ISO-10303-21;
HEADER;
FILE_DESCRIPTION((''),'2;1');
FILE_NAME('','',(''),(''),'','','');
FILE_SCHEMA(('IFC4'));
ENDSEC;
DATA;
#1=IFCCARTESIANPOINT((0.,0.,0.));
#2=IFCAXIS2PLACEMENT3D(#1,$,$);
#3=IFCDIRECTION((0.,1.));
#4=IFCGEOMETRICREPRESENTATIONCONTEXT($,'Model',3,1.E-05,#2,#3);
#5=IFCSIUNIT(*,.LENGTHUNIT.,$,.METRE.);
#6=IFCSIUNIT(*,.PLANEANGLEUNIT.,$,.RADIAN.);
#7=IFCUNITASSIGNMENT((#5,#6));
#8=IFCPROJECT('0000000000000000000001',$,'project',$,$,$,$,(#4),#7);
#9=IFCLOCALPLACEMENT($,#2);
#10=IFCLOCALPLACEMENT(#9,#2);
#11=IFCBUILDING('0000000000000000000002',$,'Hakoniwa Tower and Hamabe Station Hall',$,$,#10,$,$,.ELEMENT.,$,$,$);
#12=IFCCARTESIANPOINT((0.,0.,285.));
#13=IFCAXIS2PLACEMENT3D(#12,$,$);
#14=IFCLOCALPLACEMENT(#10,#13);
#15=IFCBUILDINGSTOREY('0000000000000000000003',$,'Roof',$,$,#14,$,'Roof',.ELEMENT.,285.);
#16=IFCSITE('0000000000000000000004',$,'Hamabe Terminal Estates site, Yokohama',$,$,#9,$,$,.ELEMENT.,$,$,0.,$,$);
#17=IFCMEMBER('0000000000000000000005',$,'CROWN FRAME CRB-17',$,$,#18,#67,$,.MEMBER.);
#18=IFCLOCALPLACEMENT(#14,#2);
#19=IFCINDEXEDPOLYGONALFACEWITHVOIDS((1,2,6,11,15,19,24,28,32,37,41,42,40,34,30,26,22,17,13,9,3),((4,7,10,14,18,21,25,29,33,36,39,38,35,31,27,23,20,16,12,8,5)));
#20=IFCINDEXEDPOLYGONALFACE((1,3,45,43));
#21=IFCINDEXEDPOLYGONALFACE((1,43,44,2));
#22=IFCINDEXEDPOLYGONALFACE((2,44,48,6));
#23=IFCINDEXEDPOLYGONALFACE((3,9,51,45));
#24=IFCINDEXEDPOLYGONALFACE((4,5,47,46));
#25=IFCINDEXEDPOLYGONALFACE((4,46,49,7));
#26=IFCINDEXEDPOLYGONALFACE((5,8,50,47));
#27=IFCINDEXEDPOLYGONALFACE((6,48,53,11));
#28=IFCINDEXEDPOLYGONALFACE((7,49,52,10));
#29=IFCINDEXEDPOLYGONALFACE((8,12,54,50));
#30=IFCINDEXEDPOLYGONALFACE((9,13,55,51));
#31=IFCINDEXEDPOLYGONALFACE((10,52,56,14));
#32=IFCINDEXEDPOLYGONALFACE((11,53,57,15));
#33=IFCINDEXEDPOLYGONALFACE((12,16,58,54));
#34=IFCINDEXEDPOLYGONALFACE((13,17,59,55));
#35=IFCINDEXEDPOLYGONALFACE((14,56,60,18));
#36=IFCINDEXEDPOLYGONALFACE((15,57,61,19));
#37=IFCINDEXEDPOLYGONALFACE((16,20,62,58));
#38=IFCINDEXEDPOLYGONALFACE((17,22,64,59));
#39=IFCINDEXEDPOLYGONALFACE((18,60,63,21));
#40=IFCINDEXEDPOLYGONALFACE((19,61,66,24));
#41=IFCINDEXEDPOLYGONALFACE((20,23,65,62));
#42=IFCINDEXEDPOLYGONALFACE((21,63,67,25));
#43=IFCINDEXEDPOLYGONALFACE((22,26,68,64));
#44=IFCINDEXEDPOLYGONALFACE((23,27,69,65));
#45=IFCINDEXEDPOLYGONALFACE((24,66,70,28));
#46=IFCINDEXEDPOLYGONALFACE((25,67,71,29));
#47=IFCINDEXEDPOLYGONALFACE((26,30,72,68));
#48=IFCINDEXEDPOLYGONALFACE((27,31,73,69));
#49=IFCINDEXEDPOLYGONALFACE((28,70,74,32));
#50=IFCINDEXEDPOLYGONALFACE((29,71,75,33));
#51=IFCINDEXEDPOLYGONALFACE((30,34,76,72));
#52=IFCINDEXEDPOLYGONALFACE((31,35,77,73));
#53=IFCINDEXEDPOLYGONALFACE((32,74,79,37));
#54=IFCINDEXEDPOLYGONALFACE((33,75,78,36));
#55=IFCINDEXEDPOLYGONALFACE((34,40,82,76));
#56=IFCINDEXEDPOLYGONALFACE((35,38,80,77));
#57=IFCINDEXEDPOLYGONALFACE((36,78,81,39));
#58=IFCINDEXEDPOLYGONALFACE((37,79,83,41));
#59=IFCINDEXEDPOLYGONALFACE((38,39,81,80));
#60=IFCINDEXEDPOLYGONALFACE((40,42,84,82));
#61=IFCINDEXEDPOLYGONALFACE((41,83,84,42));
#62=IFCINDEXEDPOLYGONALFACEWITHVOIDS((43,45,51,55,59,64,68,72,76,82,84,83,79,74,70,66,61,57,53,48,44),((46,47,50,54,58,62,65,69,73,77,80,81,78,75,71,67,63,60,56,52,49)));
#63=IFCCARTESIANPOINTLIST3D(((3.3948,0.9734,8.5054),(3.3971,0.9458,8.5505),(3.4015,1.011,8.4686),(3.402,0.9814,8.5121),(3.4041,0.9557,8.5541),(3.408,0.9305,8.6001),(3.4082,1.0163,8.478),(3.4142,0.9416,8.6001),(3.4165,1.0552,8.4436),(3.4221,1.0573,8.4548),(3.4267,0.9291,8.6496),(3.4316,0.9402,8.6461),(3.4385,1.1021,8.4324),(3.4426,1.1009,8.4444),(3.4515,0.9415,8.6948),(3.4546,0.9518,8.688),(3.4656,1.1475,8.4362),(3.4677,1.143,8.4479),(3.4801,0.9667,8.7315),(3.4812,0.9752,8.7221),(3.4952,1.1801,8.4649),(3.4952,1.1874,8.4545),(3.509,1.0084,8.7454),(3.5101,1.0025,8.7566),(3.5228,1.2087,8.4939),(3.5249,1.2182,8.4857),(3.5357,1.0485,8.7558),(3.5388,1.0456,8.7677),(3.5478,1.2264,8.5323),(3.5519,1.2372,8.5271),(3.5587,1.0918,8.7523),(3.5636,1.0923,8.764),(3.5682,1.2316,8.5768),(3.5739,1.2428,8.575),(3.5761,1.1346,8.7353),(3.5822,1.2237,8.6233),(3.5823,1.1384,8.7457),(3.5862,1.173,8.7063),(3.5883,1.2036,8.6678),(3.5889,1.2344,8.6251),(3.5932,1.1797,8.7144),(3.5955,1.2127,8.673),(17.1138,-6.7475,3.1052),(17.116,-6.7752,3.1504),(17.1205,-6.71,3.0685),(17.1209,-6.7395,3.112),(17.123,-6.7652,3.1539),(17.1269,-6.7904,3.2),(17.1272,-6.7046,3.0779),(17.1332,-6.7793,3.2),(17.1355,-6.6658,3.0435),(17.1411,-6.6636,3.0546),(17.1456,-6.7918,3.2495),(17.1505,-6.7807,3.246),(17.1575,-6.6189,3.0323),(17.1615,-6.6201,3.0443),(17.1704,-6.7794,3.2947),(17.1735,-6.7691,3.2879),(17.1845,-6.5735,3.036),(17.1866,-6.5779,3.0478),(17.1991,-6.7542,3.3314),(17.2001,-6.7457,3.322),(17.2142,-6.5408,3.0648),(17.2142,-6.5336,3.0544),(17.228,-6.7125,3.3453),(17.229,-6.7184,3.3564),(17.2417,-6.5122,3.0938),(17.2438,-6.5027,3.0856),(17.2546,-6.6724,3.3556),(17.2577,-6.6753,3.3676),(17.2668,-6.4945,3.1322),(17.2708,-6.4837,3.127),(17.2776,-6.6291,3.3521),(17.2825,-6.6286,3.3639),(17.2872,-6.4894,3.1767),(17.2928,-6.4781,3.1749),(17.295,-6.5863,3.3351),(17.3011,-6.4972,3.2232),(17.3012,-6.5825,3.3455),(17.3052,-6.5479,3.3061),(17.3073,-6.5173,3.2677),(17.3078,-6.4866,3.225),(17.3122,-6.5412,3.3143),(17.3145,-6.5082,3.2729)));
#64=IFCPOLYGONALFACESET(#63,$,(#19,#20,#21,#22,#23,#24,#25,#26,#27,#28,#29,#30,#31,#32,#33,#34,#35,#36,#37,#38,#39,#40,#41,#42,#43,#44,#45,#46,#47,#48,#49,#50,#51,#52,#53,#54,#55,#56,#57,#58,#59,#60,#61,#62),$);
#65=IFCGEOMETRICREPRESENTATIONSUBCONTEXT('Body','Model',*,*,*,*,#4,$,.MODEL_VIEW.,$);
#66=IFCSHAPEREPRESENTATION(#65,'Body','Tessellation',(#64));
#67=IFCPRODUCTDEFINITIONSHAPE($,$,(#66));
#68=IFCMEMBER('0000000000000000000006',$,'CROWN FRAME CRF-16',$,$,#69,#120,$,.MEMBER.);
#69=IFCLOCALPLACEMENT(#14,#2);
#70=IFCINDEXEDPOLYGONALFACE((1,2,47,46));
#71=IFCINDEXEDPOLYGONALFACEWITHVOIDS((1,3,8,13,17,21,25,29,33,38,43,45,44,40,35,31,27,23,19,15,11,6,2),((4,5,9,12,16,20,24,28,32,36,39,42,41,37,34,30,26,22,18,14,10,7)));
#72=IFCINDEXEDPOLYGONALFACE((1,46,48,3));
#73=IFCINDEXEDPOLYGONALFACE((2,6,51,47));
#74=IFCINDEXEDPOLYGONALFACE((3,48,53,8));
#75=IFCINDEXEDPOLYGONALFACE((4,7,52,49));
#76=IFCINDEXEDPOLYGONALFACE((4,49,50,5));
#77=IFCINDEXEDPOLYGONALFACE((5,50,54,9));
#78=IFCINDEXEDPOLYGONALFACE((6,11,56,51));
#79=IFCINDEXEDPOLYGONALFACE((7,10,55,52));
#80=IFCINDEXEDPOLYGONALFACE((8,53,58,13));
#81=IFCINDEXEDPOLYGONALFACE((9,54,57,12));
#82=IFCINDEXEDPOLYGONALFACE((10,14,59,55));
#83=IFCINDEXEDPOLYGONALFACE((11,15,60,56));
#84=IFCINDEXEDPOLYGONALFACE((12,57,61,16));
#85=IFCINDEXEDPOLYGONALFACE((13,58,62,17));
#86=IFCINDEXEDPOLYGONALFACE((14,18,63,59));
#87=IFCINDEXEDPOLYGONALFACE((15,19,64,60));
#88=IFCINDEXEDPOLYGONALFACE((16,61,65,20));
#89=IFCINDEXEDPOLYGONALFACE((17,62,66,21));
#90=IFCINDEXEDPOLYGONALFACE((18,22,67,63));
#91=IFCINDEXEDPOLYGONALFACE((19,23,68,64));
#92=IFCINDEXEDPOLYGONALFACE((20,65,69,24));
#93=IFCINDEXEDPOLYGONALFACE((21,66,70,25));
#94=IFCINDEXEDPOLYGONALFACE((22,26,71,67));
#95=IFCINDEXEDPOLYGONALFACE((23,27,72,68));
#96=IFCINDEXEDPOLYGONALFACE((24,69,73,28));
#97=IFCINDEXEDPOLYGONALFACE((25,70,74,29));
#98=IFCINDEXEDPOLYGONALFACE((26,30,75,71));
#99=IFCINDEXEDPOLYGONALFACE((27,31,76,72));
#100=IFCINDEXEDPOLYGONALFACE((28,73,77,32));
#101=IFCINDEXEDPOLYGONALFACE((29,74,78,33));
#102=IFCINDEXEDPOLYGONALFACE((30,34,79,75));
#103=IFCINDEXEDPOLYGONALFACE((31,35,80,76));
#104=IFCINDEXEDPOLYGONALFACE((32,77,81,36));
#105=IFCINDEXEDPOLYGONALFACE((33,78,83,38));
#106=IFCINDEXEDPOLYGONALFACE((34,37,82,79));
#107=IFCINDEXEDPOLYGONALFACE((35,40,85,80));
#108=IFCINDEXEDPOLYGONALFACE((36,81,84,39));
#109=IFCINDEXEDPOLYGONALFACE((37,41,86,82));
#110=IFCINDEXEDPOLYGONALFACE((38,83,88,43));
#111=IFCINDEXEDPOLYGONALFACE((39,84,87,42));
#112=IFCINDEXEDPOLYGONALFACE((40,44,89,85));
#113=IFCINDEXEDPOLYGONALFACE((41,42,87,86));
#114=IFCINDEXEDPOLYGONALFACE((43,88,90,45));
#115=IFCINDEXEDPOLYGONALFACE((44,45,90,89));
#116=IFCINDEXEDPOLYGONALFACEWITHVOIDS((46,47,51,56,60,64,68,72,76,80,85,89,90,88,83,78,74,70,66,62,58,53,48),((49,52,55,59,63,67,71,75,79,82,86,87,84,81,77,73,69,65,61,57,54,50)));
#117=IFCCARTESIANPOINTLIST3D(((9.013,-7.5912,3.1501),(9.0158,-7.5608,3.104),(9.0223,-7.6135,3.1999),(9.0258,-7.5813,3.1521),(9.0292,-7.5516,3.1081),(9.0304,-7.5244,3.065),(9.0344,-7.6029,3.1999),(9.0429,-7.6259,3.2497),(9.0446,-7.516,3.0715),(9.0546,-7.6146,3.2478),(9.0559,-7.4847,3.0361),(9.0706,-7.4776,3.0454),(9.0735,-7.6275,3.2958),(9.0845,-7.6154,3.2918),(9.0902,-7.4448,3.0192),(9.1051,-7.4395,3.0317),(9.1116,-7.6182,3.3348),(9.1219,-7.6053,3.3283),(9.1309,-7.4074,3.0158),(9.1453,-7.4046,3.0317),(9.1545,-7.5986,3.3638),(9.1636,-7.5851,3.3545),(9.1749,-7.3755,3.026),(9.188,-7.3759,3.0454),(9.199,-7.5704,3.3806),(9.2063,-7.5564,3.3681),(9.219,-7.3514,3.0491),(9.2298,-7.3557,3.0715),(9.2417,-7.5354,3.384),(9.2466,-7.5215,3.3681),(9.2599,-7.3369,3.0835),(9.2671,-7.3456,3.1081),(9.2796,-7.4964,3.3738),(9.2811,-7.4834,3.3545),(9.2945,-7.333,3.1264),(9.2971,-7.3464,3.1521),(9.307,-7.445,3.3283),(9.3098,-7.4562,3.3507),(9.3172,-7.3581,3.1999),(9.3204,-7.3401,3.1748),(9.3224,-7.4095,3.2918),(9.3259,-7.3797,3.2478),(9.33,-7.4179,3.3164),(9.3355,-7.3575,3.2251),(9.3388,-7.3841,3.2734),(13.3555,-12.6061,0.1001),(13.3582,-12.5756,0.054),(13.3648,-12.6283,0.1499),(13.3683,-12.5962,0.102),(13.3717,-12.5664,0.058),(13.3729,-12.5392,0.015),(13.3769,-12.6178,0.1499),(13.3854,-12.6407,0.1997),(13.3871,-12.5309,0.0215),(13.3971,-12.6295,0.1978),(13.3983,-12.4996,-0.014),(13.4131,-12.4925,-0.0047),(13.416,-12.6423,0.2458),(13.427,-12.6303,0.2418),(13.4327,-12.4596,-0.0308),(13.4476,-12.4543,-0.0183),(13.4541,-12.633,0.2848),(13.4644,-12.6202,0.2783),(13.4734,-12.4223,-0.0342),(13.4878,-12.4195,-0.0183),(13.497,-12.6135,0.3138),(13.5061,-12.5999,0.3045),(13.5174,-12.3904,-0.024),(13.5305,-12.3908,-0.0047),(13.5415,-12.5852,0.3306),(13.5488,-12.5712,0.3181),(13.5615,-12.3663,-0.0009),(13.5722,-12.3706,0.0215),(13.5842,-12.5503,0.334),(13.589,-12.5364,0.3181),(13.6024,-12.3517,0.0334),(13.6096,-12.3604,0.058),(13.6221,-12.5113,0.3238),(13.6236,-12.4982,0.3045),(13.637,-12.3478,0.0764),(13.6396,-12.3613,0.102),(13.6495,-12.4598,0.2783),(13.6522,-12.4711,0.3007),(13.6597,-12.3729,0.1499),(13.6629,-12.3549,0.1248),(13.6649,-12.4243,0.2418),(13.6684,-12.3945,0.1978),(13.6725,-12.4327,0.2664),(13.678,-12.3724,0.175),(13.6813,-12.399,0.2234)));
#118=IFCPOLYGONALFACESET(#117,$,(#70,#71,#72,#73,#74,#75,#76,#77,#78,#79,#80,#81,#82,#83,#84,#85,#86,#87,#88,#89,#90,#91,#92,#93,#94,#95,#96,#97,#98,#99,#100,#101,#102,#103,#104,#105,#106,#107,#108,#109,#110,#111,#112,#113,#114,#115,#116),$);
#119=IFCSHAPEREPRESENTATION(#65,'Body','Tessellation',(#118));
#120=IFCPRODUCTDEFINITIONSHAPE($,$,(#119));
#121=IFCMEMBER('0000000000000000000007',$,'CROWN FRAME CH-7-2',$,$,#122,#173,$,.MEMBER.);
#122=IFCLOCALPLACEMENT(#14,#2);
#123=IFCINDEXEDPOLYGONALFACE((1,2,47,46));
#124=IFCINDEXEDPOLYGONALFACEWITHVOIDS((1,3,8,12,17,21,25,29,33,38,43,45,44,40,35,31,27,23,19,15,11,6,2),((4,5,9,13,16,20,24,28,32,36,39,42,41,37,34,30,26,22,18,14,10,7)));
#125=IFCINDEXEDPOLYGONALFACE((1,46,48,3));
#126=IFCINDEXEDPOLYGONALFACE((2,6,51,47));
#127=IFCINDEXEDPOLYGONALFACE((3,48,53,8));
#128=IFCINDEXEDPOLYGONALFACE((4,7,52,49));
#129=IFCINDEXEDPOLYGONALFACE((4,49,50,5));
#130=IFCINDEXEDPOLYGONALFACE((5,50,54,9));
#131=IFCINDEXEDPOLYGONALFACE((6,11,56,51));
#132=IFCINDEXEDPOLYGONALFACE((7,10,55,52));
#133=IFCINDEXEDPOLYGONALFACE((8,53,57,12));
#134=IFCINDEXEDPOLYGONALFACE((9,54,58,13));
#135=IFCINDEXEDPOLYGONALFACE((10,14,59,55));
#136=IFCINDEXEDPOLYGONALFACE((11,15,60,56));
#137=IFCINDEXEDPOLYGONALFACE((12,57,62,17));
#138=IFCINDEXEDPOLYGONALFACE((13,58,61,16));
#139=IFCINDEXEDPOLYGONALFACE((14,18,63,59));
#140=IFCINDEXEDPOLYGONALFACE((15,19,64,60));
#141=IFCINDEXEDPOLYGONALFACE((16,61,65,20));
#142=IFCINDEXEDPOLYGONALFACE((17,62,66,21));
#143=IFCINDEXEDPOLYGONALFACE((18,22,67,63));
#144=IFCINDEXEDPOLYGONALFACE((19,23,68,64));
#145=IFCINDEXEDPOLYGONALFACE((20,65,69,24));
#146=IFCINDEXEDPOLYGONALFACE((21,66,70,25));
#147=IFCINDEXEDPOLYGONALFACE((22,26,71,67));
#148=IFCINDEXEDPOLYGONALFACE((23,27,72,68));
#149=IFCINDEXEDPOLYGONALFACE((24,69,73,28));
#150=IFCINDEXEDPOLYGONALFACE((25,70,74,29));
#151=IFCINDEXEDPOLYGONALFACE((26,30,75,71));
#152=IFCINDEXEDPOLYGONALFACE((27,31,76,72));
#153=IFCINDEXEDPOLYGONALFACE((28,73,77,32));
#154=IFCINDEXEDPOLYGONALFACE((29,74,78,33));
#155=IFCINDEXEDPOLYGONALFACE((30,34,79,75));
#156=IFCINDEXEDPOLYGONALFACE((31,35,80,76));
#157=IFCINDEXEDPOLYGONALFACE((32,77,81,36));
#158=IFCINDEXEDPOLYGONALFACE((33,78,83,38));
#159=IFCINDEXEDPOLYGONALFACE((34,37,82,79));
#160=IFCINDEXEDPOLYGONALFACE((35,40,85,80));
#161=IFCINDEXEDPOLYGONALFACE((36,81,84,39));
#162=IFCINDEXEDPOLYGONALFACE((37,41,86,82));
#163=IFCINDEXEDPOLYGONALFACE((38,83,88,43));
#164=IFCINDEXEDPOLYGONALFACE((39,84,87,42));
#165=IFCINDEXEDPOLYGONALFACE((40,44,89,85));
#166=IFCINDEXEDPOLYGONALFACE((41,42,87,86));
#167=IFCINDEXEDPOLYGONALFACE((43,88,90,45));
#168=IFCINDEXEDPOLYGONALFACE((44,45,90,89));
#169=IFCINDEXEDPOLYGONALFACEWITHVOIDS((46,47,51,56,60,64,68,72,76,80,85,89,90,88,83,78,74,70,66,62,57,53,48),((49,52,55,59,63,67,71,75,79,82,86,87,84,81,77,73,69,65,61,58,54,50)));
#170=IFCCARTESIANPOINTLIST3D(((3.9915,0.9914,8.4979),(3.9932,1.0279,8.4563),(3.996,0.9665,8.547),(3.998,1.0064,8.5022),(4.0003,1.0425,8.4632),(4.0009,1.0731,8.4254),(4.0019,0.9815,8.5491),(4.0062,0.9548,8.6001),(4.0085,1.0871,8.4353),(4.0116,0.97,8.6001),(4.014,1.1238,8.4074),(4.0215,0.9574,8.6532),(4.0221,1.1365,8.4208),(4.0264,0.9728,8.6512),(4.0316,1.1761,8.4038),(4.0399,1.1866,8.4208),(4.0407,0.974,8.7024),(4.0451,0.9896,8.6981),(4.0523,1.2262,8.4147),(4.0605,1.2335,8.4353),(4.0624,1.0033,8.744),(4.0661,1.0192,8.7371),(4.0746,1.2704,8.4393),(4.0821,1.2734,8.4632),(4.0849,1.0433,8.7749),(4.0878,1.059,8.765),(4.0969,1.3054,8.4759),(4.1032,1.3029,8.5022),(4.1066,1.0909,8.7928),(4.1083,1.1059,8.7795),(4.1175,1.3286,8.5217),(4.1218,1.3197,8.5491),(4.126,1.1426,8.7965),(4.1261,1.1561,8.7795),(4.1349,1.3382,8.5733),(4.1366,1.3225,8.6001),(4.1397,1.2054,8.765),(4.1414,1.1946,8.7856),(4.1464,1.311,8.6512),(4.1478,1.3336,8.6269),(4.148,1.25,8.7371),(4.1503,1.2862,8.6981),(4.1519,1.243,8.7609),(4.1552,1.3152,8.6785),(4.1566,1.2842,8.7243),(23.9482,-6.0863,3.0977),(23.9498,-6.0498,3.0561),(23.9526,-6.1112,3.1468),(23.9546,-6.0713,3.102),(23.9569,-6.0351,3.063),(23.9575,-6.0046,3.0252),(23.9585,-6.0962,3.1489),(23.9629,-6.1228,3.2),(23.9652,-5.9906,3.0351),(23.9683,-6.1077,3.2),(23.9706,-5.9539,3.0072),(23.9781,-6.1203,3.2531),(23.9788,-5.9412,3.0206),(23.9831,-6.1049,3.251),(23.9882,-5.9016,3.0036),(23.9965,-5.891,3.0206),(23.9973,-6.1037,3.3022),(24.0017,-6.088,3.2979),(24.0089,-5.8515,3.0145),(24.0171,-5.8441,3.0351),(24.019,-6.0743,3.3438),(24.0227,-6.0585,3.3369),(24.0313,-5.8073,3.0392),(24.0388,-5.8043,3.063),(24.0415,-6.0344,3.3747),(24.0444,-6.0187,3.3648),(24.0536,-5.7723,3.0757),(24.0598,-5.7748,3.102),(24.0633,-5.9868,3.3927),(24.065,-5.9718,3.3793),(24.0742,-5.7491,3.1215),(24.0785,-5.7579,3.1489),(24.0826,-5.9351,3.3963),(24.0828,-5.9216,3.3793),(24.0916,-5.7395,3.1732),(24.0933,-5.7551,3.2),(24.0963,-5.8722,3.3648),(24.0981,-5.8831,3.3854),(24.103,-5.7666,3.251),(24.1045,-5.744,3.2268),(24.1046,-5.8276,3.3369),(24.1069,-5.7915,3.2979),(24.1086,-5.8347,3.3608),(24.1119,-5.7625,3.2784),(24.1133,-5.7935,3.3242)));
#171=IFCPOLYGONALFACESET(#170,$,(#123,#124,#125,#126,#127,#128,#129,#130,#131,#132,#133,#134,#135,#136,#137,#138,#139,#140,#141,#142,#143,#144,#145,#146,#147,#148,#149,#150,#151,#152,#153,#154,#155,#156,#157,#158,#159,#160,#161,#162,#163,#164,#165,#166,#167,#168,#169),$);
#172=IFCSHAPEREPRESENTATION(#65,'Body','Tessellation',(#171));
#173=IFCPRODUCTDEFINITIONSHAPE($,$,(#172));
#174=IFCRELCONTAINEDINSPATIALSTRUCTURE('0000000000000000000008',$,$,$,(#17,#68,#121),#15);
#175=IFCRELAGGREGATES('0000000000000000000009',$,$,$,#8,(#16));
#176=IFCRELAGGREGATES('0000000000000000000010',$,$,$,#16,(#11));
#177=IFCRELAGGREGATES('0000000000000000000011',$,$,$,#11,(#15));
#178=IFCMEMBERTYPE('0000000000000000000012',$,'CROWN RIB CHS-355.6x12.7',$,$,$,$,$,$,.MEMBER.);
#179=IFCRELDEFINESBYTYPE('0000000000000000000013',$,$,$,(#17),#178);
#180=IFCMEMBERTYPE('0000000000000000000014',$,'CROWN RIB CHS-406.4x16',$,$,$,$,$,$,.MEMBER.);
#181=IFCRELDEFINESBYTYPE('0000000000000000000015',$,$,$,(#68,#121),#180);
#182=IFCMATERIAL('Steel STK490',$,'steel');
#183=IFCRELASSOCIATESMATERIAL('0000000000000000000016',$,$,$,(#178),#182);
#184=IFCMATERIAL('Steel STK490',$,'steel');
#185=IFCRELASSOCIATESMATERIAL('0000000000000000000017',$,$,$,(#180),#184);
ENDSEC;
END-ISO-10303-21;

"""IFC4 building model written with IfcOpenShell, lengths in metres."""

from ifc_helpers import new_model, si_unit, direction, frame, origin, origin_2d, place, context, subcontext, project, spatial, hollow_circle, extrude, material, material_profile, profile_set, type_object, element, save


model = new_model("IFC4")

# Units and contexts
model_context = context("Model", 3, precision=1e-05, world=origin(), true_north=direction((0.0, 1.0)))
body_context = subcontext(model_context, "Body", "Model", "MODEL_VIEW")
ifc_project = project(units=[si_unit("LENGTHUNIT", "METRE"), si_unit("PLANEANGLEUNIT", "RADIAN")], contexts=[model_context])

# Site, building, storey
site_placement = place(None, origin())
site = spatial("IfcSite", under=ifc_project, at=site_placement, Name="Hamabe Terminal Estates site, Yokohama", CompositionType="ELEMENT", RefElevation=0.0)
building_placement = place(site_placement, origin())
building = spatial("IfcBuilding", under=site, at=building_placement, Name="Hakoniwa Tower and Hamabe Station Hall", CompositionType="ELEMENT")
storey_placement = place(building_placement, frame((0.0, 0.0, 285.0)))
storey = spatial("IfcBuildingStorey", under=building, at=storey_placement, Name="Roof", LongName="Roof", CompositionType="ELEMENT", Elevation=285.0)

# Members
ifc_material_1 = material(Name="Steel STK490", Category="steel")
ifc_material_profile_1 = material_profile(ifc_material_1, hollow_circle(Radius=0.1777, WallThickness=0.0127, at=origin_2d()), Name="CHS-355.6x12.7")
ifc_profile_set_1 = profile_set([ifc_material_profile_1], Name="Steel STK490")
member_type_1 = type_object("IfcMemberType", Name="CROWN RIB CHS-355.6x12.7", PredefinedType="MEMBER", material=ifc_profile_set_1)
member_1_placement = place(storey_placement, frame((17.2141, -6.6355, 3.2), z_axis=(-0.824316, 0.463919, 0.324472), x_axis=(-0.490455, -0.871467, 0.0)))
element("IfcMember", 1, at=member_1_placement, inside=storey, type_object=member_type_1, Name="CROWN FRAME CRB-17", PredefinedType="MEMBER", context=body_context, shape_type="SweptSolid", body=[
    extrude(hollow_circle(Radius=0.1777, WallThickness=0.0127, at=origin_2d()), origin(), (0.0, 0.0, 1.0), 16.6428),
])
ifc_material_2 = material(Name="Steel STK490", Category="steel")
ifc_material_profile_2 = material_profile(ifc_material_2, hollow_circle(Radius=0.2031, WallThickness=0.0161, at=origin_2d()), Name="CHS-406.4x16")
ifc_profile_set_2 = profile_set([ifc_material_profile_2], Name="Steel STK490")
member_type_2 = type_object("IfcMemberType", Name="CROWN RIB CHS-406.4x16", PredefinedType="MEMBER", material=ifc_profile_set_2)
member_2_placement = place(storey_placement, frame((13.5183, -12.4954, 0.1499), z_axis=(-0.594758, 0.686846, 0.417738), x_axis=(-0.755966, -0.654611, 0.0)))
element("IfcMember", 2, at=member_2_placement, inside=storey, type_object=member_type_2, Name="CROWN FRAME CRF-16", PredefinedType="MEMBER", context=body_context, shape_type="SweptSolid", body=[
    extrude(hollow_circle(Radius=0.2031, WallThickness=0.0161, at=origin_2d()), origin(), (0.0, 0.0, 1.0), 7.3013),
])
member_3_placement = place(storey_placement, frame((24.0308, -5.9314, 3.2), z_axis=(-0.913251, 0.323887, 0.247122), x_axis=(-0.334254, -0.942483, 0.0)))
element("IfcMember", 3, at=member_3_placement, inside=storey, type_object=member_type_2, Name="CROWN FRAME CH-7-2", PredefinedType="MEMBER", context=body_context, shape_type="SweptSolid", body=[
    extrude(hollow_circle(Radius=0.2031, WallThickness=0.0161, at=origin_2d()), origin(), (0.0, 0.0, 1.0), 21.8523),
])

save(model, "model.ifc")
